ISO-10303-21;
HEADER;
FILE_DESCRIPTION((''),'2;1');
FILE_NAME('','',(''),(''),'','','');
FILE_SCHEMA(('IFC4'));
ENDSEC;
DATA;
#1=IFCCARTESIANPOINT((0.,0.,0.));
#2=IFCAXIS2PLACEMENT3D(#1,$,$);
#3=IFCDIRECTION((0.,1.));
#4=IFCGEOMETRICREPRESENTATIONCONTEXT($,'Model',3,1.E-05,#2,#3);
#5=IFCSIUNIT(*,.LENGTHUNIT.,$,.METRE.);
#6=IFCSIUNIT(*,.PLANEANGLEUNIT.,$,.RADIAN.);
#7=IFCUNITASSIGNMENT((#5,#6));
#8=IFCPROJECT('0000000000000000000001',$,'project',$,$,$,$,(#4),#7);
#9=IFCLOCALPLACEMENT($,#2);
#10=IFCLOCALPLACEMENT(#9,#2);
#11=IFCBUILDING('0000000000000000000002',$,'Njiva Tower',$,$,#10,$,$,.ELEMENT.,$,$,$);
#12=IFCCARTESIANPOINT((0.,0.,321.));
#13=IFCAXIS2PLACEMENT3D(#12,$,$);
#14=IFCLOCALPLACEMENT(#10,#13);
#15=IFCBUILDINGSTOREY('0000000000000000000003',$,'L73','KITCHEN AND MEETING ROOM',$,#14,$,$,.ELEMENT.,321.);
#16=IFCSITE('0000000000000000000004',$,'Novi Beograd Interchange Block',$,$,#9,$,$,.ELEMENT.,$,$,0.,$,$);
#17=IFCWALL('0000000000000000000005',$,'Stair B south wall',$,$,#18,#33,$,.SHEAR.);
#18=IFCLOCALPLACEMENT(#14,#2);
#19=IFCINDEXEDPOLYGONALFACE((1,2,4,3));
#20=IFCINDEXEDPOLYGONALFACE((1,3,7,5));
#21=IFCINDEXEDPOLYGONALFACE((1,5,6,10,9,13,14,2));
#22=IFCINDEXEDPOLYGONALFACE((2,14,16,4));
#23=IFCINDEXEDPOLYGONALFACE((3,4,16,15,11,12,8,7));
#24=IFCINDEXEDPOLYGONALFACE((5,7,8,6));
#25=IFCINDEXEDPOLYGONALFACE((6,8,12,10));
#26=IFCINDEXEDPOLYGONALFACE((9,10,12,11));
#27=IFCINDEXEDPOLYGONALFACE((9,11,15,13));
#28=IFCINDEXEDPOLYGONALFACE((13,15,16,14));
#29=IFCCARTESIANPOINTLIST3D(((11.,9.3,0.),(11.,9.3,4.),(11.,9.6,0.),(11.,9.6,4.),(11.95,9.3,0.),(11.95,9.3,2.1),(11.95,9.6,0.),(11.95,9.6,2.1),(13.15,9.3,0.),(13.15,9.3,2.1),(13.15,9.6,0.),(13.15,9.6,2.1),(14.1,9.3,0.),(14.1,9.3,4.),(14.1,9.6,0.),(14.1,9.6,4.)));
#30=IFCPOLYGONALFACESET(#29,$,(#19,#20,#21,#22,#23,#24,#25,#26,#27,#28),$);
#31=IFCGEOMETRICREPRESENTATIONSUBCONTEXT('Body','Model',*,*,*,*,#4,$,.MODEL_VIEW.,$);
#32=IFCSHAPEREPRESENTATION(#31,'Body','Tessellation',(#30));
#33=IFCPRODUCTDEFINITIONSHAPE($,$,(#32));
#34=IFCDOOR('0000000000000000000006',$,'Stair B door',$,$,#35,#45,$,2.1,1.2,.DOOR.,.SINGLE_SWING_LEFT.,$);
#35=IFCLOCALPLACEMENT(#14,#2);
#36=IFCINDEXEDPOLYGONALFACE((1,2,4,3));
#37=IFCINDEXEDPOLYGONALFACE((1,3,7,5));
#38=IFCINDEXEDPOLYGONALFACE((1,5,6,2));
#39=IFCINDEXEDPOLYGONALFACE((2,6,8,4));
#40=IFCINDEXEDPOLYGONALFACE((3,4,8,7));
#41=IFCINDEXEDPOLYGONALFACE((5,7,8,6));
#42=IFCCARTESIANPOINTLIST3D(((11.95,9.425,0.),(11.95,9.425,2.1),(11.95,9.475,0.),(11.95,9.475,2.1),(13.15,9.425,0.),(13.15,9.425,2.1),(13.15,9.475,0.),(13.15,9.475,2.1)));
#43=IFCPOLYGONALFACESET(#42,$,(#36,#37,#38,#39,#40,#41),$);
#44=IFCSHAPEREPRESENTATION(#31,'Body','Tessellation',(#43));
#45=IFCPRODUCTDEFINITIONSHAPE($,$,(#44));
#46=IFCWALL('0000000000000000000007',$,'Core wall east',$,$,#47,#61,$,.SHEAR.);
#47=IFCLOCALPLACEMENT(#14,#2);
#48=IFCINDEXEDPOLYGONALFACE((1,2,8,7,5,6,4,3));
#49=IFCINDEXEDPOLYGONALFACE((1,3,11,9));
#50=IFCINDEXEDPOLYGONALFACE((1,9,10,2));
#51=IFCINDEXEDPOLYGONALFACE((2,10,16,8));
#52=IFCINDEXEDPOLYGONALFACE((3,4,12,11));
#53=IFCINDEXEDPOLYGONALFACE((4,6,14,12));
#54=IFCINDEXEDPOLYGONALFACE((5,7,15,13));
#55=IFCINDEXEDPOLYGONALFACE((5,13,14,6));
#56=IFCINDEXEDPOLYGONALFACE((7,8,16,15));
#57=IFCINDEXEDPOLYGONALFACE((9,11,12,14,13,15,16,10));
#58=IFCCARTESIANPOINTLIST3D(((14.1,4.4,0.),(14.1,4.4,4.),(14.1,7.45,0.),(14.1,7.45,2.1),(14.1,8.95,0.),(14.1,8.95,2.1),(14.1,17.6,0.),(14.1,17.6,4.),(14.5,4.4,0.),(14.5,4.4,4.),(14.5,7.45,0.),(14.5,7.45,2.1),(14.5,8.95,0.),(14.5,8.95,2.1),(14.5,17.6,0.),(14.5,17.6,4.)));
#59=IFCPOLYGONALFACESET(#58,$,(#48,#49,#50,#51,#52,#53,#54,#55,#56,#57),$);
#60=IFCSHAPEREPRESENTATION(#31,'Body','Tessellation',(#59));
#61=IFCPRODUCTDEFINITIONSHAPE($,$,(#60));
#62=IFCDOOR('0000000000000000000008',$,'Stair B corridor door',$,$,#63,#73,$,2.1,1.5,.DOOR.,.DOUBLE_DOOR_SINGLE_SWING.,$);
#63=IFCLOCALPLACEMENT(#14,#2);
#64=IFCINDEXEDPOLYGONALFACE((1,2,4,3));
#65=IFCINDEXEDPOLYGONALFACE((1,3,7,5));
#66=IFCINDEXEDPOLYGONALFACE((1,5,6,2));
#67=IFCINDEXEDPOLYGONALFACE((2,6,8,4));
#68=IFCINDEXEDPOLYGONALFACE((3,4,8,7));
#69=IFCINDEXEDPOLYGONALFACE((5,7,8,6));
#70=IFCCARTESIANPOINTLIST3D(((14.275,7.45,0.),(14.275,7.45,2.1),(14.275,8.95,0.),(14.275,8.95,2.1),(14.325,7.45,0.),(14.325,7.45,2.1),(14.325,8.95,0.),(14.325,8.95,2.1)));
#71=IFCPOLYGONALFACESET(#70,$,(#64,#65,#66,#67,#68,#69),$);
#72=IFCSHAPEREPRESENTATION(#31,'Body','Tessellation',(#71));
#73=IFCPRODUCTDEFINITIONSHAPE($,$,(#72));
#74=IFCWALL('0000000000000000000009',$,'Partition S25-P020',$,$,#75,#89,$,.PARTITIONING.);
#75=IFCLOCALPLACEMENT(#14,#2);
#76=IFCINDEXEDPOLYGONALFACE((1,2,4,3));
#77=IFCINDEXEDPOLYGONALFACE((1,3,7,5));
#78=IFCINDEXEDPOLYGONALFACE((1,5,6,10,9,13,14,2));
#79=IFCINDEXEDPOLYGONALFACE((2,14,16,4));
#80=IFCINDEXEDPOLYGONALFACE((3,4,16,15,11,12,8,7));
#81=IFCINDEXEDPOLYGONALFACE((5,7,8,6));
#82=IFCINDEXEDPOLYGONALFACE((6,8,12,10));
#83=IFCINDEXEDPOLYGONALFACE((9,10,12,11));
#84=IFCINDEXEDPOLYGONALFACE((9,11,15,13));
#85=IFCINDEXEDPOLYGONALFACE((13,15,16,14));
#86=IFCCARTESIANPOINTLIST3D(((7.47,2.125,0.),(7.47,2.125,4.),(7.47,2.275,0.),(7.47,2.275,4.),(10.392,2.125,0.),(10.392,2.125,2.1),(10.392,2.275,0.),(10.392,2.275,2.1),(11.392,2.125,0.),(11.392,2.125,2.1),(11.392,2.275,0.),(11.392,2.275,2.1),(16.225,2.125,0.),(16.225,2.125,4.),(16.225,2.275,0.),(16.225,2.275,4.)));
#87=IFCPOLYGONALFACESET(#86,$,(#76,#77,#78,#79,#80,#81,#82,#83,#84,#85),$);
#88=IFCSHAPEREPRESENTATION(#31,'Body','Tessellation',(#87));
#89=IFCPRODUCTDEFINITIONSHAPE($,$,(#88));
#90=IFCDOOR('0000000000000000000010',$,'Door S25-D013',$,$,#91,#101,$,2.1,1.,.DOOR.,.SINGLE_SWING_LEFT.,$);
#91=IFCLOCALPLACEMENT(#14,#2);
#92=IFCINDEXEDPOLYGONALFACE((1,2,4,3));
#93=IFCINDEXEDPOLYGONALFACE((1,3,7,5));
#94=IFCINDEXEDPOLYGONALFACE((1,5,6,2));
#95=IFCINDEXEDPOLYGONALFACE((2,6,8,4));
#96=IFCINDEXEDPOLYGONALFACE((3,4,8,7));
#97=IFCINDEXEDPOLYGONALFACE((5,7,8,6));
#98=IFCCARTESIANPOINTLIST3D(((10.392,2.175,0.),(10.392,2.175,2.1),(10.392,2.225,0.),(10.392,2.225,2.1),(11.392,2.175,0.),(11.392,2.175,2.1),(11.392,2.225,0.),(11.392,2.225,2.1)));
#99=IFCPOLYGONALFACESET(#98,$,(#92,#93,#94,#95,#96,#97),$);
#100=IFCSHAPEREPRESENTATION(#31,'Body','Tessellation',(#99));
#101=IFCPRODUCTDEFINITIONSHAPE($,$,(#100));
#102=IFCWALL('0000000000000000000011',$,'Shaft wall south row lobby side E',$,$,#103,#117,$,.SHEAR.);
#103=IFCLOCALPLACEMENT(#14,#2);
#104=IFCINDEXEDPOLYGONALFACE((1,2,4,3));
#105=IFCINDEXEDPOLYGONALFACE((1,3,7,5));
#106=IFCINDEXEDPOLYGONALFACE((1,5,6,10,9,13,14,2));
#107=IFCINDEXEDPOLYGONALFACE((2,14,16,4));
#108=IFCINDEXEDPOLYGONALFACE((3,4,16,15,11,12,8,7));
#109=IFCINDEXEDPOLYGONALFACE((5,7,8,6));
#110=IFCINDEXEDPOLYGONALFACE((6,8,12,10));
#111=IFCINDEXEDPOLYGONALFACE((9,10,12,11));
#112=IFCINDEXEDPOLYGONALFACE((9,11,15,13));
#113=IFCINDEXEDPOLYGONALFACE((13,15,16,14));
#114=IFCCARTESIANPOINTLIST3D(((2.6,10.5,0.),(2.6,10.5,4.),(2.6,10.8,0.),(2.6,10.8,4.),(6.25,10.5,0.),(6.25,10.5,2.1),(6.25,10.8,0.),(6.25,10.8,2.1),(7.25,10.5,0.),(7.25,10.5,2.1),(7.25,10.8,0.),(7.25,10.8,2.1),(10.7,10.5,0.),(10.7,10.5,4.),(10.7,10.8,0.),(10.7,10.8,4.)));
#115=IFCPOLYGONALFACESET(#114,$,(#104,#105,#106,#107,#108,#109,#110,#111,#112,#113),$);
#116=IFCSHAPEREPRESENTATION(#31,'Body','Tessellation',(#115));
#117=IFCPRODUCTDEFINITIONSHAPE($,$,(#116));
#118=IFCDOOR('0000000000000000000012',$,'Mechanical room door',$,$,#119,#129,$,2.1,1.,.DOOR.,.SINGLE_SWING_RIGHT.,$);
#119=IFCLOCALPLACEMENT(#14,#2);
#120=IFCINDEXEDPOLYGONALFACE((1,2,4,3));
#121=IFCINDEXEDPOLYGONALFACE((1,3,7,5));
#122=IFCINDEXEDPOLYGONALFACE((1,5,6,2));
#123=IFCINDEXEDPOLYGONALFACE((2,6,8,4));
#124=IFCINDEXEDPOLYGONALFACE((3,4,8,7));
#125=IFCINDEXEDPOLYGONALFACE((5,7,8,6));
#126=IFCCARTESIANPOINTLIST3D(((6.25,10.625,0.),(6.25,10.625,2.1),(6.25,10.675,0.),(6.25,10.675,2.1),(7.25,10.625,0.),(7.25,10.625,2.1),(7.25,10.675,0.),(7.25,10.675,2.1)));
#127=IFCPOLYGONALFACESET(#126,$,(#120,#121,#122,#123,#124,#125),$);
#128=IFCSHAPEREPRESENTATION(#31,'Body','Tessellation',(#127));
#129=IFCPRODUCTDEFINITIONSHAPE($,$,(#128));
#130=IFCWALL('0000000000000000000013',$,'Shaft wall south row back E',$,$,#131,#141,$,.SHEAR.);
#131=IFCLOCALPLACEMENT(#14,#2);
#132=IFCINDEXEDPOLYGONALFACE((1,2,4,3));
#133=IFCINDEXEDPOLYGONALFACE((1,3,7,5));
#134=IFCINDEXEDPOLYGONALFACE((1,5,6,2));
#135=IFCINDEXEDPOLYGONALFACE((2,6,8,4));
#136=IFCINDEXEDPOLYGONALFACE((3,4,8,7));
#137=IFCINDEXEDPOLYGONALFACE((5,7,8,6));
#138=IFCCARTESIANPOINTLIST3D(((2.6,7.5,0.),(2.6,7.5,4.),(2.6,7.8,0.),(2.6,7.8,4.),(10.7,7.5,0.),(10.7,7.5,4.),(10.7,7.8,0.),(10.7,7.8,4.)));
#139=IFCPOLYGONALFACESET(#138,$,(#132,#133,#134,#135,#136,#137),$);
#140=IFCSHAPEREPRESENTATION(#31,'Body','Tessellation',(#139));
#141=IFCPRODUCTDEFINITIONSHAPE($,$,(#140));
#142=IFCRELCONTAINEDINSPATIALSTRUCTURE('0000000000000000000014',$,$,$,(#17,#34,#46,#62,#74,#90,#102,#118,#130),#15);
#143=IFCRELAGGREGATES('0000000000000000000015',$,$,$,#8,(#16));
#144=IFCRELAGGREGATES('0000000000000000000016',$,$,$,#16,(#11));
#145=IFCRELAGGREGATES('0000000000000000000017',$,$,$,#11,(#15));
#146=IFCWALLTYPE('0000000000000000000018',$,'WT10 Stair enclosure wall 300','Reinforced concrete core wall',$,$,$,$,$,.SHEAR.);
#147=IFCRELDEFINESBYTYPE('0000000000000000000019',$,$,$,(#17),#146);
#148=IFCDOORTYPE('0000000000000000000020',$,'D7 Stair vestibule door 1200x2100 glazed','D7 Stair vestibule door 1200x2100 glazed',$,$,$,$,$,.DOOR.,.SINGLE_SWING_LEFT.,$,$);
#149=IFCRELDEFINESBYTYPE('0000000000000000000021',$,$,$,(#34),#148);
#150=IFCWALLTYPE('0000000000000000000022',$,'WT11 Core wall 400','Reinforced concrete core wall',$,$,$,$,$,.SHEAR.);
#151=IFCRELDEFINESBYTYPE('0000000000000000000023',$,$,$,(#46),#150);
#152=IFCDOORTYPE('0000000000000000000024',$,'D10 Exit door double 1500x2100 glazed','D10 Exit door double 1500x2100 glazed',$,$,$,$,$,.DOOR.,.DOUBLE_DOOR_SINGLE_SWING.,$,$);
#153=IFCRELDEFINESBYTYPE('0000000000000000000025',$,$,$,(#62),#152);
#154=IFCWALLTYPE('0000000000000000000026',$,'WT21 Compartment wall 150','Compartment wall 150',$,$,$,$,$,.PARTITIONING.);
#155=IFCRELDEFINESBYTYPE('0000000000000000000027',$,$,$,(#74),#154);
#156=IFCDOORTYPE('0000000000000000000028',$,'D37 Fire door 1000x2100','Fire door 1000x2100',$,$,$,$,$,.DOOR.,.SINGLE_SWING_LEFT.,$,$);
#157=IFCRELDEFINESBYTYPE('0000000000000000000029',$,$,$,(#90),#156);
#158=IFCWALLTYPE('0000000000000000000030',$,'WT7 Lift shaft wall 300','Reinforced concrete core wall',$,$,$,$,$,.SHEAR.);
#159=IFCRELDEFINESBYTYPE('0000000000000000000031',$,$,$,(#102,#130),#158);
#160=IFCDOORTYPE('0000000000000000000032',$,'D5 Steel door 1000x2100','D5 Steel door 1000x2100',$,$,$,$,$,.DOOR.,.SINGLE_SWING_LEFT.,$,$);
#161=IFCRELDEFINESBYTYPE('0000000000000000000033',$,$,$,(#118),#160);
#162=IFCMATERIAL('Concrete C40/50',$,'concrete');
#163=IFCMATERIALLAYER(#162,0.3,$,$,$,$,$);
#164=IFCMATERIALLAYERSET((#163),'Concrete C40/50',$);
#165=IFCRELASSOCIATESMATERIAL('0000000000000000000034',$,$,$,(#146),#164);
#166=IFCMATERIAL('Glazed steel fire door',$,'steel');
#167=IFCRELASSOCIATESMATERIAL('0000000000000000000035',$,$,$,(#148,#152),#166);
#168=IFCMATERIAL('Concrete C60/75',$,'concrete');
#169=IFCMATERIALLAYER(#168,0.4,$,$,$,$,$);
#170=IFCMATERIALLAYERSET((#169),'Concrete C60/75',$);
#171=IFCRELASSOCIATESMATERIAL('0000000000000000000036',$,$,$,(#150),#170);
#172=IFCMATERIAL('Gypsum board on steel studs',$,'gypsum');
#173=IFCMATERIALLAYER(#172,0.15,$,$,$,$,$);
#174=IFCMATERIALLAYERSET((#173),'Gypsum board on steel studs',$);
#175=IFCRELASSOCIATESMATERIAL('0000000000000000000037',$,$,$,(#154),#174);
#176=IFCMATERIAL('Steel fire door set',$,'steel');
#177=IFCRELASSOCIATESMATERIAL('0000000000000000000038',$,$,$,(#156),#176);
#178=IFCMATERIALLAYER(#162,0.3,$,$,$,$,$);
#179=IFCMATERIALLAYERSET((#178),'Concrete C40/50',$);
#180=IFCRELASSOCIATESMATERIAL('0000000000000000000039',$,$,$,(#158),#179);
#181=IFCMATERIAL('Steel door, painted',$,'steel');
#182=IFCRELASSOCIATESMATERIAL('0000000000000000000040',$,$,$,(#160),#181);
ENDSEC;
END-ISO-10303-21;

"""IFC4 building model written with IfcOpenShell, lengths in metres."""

from ifc_helpers import new_model, si_unit, direction, frame, frame_2d, origin, place, context, subcontext, project, spatial, rectangle, extrude, material, layer, layer_set, type_object, element, fill, save


model = new_model("IFC4")

# Units and contexts
model_context = context("Model", 3, precision=1e-05, world=origin(), true_north=direction((0.0, 1.0)))
body_context = subcontext(model_context, "Body", "Model", "MODEL_VIEW")
ifc_project = project(units=[si_unit("LENGTHUNIT", "METRE"), si_unit("PLANEANGLEUNIT", "RADIAN")], contexts=[model_context])

# Site, building, storey
site_placement = place(None, origin())
site = spatial("IfcSite", under=ifc_project, at=site_placement, Name="Novi Beograd Interchange Block", CompositionType="ELEMENT", RefElevation=0.0)
building_placement = place(site_placement, origin())
building = spatial("IfcBuilding", under=site, at=building_placement, Name="Njiva Tower", CompositionType="ELEMENT")
storey_placement = place(building_placement, frame((0.0, 0.0, 321.0)))
storey = spatial("IfcBuildingStorey", under=building, at=storey_placement, Name="L73", Description="KITCHEN AND MEETING ROOM", CompositionType="ELEMENT", Elevation=321.0)

# Shared definitions
ifc_material_1 = material(Name="Concrete C40/50", Category="concrete")
ifc_layer_1 = layer(ifc_material_1, 0.3)
ifc_layer_set_1 = layer_set([ifc_layer_1], Name="Concrete C40/50")
wall_type_1 = type_object("IfcWallType", Name="WT10 Stair enclosure wall 300", Description="Reinforced concrete core wall", PredefinedType="SHEAR", material=ifc_layer_set_1)
ifc_material_2 = material(Name="Steel door, painted", Category="steel")
ifc_material_3 = material(Name="Glazed steel fire door", Category="steel")

# Walls, openings, doors
wall_1_placement = place(storey_placement, frame((11.0, 9.45, 0.0), z_axis=(0.0, 0.0, 1.0), x_axis=(1.0, 0.0, 0.0)))
wall_1 = element("IfcWall", 1, at=wall_1_placement, inside=storey, type_object=wall_type_1, Name="Stair B south wall", PredefinedType="SHEAR", context=body_context, shape_type="SweptSolid", body=[
    extrude(rectangle(XDim=3.1, YDim=0.3, at=frame_2d((1.55, 0.0))), origin(), (0.0, 0.0, 1.0), 4.0),
])
opening_1_placement = place(wall_1_placement, frame((0.95, 0.0, 0.0)))
opening_1 = element("IfcOpeningElement", 2, at=opening_1_placement, cuts=wall_1, PredefinedType="OPENING", context=body_context, shape_type="SweptSolid", body=[
    extrude(rectangle(XDim=1.2, YDim=2.1, at=frame_2d((0.6, 1.05))), frame((0.0, 0.16, 0.0), z_axis=(0.0, -1.0, 0.0), x_axis=(1.0, 0.0, 0.0)), (0.0, 0.0, 1.0), 0.32),
])
door_type_1 = type_object("IfcDoorType", Name="D7 Stair vestibule door 1200x2100 glazed", Description="D7 Stair vestibule door 1200x2100 glazed", OperationType="SINGLE_SWING_LEFT", PredefinedType="DOOR", material=ifc_material_3)
door_1_placement = place(opening_1_placement, origin())
door_1 = element("IfcDoor", 3, at=door_1_placement, inside=storey, type_object=door_type_1, Name="Stair B door", OperationType="SINGLE_SWING_LEFT", OverallHeight=2.1, OverallWidth=1.2, PredefinedType="DOOR", context=body_context, shape_type="SweptSolid", body=[
    extrude(rectangle(XDim=1.2, YDim=2.1, at=frame_2d((0.6, 1.05))), frame((0.0, 0.025, 0.0), z_axis=(0.0, -1.0, 0.0), x_axis=(1.0, 0.0, 0.0)), (0.0, 0.0, 1.0), 0.05),
])
fill(opening_1, door_1)
ifc_material_4 = material(Name="Concrete C60/75", Category="concrete")
ifc_layer_2 = layer(ifc_material_4, 0.4)
ifc_layer_set_2 = layer_set([ifc_layer_2], Name="Concrete C60/75")
wall_type_2 = type_object("IfcWallType", Name="WT11 Core wall 400", Description="Reinforced concrete core wall", PredefinedType="SHEAR", material=ifc_layer_set_2)
wall_2_placement = place(storey_placement, frame((14.3, 4.4, 0.0), z_axis=(0.0, 0.0, 1.0), x_axis=(0.0, 1.0, 0.0)))
wall_2 = element("IfcWall", 4, at=wall_2_placement, inside=storey, type_object=wall_type_2, Name="Core wall east", PredefinedType="SHEAR", context=body_context, shape_type="SweptSolid", body=[
    extrude(rectangle(XDim=13.2, YDim=0.4, at=frame_2d((6.6, 0.0))), origin(), (0.0, 0.0, 1.0), 4.0),
])
opening_2_placement = place(wall_2_placement, frame((3.05, 0.0, 0.0)))
opening_2 = element("IfcOpeningElement", 5, at=opening_2_placement, cuts=wall_2, PredefinedType="OPENING", context=body_context, shape_type="SweptSolid", body=[
    extrude(rectangle(XDim=1.5, YDim=2.1, at=frame_2d((0.75, 1.05))), frame((0.0, 0.21, 0.0), z_axis=(0.0, -1.0, 0.0), x_axis=(1.0, 0.0, 0.0)), (0.0, 0.0, 1.0), 0.42),
])
door_type_2 = type_object("IfcDoorType", Name="D10 Exit door double 1500x2100 glazed", Description="D10 Exit door double 1500x2100 glazed", OperationType="DOUBLE_DOOR_SINGLE_SWING", PredefinedType="DOOR", material=ifc_material_3)
door_2_placement = place(opening_2_placement, origin())
door_2 = element("IfcDoor", 6, at=door_2_placement, inside=storey, type_object=door_type_2, Name="Stair B corridor door", OperationType="DOUBLE_DOOR_SINGLE_SWING", OverallHeight=2.1, OverallWidth=1.5, PredefinedType="DOOR", context=body_context, shape_type="SweptSolid", body=[
    extrude(rectangle(XDim=1.5, YDim=2.1, at=frame_2d((0.75, 1.05))), frame((0.0, 0.025, 0.0), z_axis=(0.0, -1.0, 0.0), x_axis=(1.0, 0.0, 0.0)), (0.0, 0.0, 1.0), 0.05),
])
fill(opening_2, door_2)
ifc_material_5 = material(Name="Gypsum board on steel studs", Category="gypsum")
ifc_layer_3 = layer(ifc_material_5, 0.15)
ifc_layer_set_3 = layer_set([ifc_layer_3], Name="Gypsum board on steel studs")
wall_type_3 = type_object("IfcWallType", Name="WT21 Compartment wall 150", Description="Compartment wall 150", PredefinedType="PARTITIONING", material=ifc_layer_set_3)
wall_3_placement = place(storey_placement, frame((7.47, 2.2, 0.0), z_axis=(0.0, 0.0, 1.0), x_axis=(1.0, 0.0, 0.0)))
wall_3 = element("IfcWall", 7, at=wall_3_placement, inside=storey, type_object=wall_type_3, Name="Partition S25-P020", PredefinedType="PARTITIONING", context=body_context, shape_type="SweptSolid", body=[
    extrude(rectangle(XDim=8.755, YDim=0.15, at=frame_2d((4.3775, 0.0))), origin(), (0.0, 0.0, 1.0), 4.0),
])
opening_3_placement = place(wall_3_placement, frame((2.922, 0.0, 0.0)))
opening_3 = element("IfcOpeningElement", 8, at=opening_3_placement, cuts=wall_3, PredefinedType="OPENING", context=body_context, shape_type="SweptSolid", body=[
    extrude(rectangle(XDim=1.0, YDim=2.1, at=frame_2d((0.5, 1.05))), frame((0.0, 0.085, 0.0), z_axis=(0.0, -1.0, 0.0), x_axis=(1.0, 0.0, 0.0)), (0.0, 0.0, 1.0), 0.17),
])
ifc_material_6 = material(Name="Steel fire door set", Category="steel")
door_type_3 = type_object("IfcDoorType", Name="D37 Fire door 1000x2100", Description="Fire door 1000x2100", OperationType="SINGLE_SWING_LEFT", PredefinedType="DOOR", material=ifc_material_6)
door_3_placement = place(opening_3_placement, origin())
door_3 = element("IfcDoor", 9, at=door_3_placement, inside=storey, type_object=door_type_3, Name="Door S25-D013", OperationType="SINGLE_SWING_LEFT", OverallHeight=2.1, OverallWidth=1.0, PredefinedType="DOOR", context=body_context, shape_type="SweptSolid", body=[
    extrude(rectangle(XDim=1.0, YDim=2.1, at=frame_2d((0.5, 1.05))), frame((0.0, 0.025, 0.0), z_axis=(0.0, -1.0, 0.0), x_axis=(1.0, 0.0, 0.0)), (0.0, 0.0, 1.0), 0.05),
])
fill(opening_3, door_3)
ifc_layer_4 = layer(ifc_material_1, 0.3)
ifc_layer_set_4 = layer_set([ifc_layer_4], Name="Concrete C40/50")
wall_type_4 = type_object("IfcWallType", Name="WT7 Lift shaft wall 300", Description="Reinforced concrete core wall", PredefinedType="SHEAR", material=ifc_layer_set_4)
wall_4_placement = place(storey_placement, frame((2.6, 10.65, 0.0), z_axis=(0.0, 0.0, 1.0), x_axis=(1.0, 0.0, 0.0)))
wall_4 = element("IfcWall", 10, at=wall_4_placement, inside=storey, type_object=wall_type_4, Name="Shaft wall south row lobby side E", PredefinedType="SHEAR", context=body_context, shape_type="SweptSolid", body=[
    extrude(rectangle(XDim=8.1, YDim=0.3, at=frame_2d((4.05, 0.0))), origin(), (0.0, 0.0, 1.0), 4.0),
])
opening_4_placement = place(wall_4_placement, frame((3.65, 0.0, 0.0)))
opening_4 = element("IfcOpeningElement", 11, at=opening_4_placement, cuts=wall_4, PredefinedType="OPENING", context=body_context, shape_type="SweptSolid", body=[
    extrude(rectangle(XDim=1.0, YDim=2.1, at=frame_2d((0.5, 1.05))), frame((0.0, 0.16, 0.0), z_axis=(0.0, -1.0, 0.0), x_axis=(1.0, 0.0, 0.0)), (0.0, 0.0, 1.0), 0.32),
])
door_type_4 = type_object("IfcDoorType", Name="D5 Steel door 1000x2100", Description="D5 Steel door 1000x2100", OperationType="SINGLE_SWING_LEFT", PredefinedType="DOOR", material=ifc_material_2)
door_4_placement = place(opening_4_placement, origin())
door_4 = element("IfcDoor", 12, at=door_4_placement, inside=storey, type_object=door_type_4, Name="Mechanical room door", OperationType="SINGLE_SWING_RIGHT", OverallHeight=2.1, OverallWidth=1.0, PredefinedType="DOOR", context=body_context, shape_type="SweptSolid", body=[
    extrude(rectangle(XDim=1.0, YDim=2.1, at=frame_2d((0.5, 1.05))), frame((0.0, 0.025, 0.0), z_axis=(0.0, -1.0, 0.0), x_axis=(1.0, 0.0, 0.0)), (0.0, 0.0, 1.0), 0.05),
])
fill(opening_4, door_4)

# Wall
wall_5_placement = place(storey_placement, frame((2.6, 7.65, 0.0), z_axis=(0.0, 0.0, 1.0), x_axis=(1.0, 0.0, 0.0)))
element("IfcWall", 13, at=wall_5_placement, inside=storey, type_object=wall_type_4, Name="Shaft wall south row back E", PredefinedType="SHEAR", context=body_context, shape_type="SweptSolid", body=[
    extrude(rectangle(XDim=8.1, YDim=0.3, at=frame_2d((4.05, 0.0))), origin(), (0.0, 0.0, 1.0), 4.0),
])

save(model, "model.ifc")
